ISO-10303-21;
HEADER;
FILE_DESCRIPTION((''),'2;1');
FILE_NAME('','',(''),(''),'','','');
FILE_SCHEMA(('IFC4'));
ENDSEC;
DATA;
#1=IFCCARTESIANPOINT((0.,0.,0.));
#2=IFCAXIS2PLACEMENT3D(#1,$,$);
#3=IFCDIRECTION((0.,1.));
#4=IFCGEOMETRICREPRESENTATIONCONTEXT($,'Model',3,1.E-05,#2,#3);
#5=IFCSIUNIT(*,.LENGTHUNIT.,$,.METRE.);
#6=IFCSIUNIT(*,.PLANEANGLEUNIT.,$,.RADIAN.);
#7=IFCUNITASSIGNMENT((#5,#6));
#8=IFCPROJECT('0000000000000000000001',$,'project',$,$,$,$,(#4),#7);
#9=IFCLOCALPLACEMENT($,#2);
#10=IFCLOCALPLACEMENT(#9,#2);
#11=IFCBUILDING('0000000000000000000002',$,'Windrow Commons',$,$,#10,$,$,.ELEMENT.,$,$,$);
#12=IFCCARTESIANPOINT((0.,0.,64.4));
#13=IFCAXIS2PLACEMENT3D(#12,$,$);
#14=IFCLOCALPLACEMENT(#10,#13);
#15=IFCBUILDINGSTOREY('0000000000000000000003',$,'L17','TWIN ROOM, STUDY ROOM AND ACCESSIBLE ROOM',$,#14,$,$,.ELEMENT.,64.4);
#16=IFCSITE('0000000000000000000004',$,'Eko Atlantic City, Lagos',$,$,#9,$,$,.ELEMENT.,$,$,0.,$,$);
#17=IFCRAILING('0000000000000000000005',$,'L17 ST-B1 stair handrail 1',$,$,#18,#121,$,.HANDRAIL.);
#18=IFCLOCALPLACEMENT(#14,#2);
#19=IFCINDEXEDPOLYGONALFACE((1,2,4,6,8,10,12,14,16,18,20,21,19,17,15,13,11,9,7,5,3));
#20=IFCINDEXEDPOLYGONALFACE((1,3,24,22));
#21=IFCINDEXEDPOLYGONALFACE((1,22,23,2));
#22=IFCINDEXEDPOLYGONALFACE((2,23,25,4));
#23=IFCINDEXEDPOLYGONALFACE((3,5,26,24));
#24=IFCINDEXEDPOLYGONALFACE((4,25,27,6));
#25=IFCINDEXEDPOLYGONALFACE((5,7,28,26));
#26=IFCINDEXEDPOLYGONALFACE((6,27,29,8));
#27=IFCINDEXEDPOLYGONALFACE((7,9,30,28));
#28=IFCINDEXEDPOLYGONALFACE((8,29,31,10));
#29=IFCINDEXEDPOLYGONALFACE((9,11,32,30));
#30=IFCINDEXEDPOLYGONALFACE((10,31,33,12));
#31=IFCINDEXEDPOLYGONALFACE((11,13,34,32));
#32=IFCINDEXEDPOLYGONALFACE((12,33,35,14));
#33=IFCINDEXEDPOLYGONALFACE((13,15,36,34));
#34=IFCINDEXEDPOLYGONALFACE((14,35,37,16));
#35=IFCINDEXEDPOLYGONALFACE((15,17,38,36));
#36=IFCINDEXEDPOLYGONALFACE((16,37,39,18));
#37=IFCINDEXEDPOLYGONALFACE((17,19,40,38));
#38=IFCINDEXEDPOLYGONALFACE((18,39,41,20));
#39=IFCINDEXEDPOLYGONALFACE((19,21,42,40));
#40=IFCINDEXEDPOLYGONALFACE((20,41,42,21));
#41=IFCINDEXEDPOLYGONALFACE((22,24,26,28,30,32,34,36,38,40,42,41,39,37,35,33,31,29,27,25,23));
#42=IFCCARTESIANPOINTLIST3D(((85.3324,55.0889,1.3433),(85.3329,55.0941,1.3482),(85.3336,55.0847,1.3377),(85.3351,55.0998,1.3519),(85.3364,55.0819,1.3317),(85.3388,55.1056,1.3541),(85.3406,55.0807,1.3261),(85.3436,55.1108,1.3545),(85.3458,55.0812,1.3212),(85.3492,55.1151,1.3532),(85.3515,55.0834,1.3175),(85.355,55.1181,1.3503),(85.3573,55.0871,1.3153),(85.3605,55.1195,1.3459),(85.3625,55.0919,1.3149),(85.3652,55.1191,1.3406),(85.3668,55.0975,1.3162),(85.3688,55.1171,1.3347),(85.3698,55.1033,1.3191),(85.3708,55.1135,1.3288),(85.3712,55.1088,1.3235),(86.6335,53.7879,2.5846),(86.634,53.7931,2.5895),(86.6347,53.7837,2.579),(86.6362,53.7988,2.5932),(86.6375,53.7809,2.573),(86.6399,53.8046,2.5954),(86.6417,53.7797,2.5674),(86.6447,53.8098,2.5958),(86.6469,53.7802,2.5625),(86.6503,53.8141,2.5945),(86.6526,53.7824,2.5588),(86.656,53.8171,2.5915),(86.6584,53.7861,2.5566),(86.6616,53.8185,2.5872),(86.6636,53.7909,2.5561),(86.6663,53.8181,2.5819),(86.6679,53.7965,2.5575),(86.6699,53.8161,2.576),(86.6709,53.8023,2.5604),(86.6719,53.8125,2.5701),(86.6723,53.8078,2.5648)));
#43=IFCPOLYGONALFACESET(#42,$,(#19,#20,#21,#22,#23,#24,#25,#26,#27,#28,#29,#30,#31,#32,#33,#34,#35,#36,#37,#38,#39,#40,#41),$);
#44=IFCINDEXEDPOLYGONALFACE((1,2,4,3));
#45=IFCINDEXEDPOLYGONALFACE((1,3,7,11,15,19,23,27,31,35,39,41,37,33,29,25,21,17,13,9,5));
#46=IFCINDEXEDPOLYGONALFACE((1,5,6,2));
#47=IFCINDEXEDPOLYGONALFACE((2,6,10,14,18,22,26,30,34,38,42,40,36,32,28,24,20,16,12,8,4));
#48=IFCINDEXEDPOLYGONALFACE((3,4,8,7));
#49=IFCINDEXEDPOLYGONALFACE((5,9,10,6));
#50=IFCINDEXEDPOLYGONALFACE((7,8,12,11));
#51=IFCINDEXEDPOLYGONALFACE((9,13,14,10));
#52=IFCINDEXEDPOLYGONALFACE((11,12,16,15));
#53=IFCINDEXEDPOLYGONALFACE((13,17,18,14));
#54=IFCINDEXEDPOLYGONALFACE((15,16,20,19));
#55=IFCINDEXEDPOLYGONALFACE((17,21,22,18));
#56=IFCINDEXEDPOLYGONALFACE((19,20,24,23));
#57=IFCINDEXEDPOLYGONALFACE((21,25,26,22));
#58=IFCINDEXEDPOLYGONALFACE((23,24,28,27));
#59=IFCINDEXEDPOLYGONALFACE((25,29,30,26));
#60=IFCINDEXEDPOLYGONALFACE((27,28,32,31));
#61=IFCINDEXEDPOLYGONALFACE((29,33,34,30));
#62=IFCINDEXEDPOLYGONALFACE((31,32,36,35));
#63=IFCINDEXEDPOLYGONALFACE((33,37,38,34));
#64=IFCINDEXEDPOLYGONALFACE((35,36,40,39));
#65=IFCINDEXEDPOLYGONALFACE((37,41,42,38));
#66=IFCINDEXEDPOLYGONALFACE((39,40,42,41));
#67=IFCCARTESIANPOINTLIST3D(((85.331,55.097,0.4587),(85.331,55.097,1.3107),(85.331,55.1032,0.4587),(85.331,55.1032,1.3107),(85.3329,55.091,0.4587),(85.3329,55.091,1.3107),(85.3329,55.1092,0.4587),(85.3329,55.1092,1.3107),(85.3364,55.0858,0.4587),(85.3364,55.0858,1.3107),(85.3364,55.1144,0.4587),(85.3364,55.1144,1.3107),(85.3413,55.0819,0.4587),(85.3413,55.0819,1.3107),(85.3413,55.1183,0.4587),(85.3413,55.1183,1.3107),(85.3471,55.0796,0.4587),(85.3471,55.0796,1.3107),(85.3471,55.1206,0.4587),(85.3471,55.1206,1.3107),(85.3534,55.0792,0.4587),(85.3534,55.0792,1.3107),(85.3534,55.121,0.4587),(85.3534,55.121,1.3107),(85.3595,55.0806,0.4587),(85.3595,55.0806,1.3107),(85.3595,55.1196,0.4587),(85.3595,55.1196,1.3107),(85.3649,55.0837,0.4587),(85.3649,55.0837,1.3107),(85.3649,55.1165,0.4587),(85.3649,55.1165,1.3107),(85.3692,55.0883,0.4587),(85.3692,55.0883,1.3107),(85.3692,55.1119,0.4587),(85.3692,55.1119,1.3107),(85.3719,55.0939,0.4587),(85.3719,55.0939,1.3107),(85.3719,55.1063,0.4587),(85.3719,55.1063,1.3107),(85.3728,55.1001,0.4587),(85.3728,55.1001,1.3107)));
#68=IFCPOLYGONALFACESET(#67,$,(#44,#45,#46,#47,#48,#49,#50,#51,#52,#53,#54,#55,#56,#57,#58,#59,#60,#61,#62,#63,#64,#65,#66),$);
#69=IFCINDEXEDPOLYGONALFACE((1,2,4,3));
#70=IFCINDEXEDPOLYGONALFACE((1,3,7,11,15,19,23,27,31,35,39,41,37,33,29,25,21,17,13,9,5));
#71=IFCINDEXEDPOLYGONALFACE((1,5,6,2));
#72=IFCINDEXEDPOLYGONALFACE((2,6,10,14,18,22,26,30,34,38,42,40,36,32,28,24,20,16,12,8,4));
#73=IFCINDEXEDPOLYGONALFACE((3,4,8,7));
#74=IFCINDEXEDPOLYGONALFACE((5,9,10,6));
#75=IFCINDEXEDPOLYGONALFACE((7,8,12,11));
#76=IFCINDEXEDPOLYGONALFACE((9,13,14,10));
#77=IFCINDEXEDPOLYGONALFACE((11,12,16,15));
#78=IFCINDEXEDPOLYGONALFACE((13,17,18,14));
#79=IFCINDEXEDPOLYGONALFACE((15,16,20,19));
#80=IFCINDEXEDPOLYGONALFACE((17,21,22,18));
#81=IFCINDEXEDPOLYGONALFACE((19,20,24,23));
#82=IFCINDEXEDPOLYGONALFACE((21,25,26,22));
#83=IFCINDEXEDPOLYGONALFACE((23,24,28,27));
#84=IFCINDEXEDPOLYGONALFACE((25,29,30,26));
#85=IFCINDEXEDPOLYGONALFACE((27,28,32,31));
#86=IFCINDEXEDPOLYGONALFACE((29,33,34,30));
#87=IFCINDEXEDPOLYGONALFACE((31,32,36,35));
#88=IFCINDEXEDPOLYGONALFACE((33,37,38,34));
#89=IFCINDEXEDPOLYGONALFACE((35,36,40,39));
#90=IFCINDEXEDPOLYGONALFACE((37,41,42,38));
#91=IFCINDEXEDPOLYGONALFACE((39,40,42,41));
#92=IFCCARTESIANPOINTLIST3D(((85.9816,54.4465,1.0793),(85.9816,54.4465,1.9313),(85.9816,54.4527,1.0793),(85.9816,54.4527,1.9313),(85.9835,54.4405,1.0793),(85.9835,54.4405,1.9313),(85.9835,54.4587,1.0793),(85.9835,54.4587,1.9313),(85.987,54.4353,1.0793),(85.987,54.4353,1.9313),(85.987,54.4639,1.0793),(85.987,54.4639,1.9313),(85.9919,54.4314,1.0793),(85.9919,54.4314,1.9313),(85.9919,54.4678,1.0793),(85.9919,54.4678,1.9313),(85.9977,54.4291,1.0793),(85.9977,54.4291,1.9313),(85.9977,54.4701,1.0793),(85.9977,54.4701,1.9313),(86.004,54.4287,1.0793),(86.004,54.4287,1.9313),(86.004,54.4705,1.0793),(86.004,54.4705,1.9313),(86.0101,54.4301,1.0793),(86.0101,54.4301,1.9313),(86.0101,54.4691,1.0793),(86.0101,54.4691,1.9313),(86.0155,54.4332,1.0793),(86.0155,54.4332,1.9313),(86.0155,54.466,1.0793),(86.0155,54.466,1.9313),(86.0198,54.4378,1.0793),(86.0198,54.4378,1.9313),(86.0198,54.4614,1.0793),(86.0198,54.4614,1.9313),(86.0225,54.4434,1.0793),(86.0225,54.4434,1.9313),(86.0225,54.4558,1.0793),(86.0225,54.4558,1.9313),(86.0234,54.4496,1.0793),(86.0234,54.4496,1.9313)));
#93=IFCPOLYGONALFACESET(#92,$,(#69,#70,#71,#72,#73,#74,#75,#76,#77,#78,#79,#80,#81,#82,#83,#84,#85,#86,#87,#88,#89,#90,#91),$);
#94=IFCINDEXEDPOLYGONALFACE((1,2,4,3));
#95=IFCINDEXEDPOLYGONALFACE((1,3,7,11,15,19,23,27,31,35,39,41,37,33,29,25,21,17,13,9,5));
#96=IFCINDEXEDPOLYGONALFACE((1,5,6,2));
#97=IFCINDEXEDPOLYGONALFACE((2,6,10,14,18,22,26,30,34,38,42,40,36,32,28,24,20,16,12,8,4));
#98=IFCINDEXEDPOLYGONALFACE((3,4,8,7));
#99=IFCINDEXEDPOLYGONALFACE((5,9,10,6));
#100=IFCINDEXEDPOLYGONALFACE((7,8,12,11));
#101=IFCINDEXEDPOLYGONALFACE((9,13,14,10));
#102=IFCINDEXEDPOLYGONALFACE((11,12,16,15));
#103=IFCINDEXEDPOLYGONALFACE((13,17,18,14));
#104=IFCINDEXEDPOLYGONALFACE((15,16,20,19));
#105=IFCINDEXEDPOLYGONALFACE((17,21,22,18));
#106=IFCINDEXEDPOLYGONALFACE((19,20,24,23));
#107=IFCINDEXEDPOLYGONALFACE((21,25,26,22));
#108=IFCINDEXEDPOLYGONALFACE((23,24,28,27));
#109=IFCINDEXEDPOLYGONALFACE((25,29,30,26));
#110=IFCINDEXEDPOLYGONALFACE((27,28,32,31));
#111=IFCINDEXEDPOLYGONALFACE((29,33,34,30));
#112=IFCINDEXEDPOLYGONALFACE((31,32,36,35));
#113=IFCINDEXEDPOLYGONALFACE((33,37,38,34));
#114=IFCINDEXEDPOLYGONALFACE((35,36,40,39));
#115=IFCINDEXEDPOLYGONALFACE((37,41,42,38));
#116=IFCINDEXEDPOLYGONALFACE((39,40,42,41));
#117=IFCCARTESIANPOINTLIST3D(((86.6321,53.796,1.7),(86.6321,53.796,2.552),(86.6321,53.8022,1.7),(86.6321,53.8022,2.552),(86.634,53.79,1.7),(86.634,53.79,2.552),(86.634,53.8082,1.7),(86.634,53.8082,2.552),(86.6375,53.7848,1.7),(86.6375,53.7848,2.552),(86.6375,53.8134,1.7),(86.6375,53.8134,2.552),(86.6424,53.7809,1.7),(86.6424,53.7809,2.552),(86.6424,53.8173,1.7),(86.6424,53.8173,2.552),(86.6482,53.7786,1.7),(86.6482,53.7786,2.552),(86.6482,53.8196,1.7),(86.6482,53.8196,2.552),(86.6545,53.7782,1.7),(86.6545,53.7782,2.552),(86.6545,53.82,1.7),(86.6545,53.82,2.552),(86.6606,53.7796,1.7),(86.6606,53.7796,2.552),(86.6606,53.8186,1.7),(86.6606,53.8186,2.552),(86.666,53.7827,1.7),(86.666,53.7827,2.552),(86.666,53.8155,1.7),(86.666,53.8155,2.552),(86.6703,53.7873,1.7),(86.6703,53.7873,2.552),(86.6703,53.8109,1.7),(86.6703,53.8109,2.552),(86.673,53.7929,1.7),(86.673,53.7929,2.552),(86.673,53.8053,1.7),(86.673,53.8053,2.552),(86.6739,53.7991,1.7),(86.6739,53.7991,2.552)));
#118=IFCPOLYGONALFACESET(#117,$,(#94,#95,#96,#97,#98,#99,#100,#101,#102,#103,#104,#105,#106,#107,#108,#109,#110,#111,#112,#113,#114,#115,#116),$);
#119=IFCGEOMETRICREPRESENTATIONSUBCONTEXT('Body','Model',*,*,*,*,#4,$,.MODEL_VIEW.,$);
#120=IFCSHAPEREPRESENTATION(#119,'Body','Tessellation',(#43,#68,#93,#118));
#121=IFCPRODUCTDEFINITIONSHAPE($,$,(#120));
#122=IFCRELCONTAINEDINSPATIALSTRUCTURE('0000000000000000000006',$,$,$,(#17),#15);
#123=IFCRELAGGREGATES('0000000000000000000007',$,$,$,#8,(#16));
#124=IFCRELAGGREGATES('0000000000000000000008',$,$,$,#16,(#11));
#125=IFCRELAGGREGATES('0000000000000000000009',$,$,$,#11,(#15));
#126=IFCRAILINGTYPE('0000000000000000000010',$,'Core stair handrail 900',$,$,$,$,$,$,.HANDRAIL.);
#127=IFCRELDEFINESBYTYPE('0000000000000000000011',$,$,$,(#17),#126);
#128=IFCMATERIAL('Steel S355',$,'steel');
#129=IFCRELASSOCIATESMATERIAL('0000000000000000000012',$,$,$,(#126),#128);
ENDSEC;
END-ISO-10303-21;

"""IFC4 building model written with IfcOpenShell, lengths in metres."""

from ifc_helpers import new_model, si_unit, direction, frame, origin, origin_2d, place, context, subcontext, project, spatial, circle, extrude, material, type_object, element, save


model = new_model("IFC4")

# Units and contexts
model_context = context("Model", 3, precision=1e-05, world=origin(), true_north=direction((0.0, 1.0)))
body_context = subcontext(model_context, "Body", "Model", "MODEL_VIEW")
ifc_project = project(units=[si_unit("LENGTHUNIT", "METRE"), si_unit("PLANEANGLEUNIT", "RADIAN")], contexts=[model_context])

# Site, building, storey
site_placement = place(None, origin())
site = spatial("IfcSite", under=ifc_project, at=site_placement, Name="Eko Atlantic City, Lagos", CompositionType="ELEMENT", RefElevation=0.0)
building_placement = place(site_placement, origin())
building = spatial("IfcBuilding", under=site, at=building_placement, Name="Windrow Commons", CompositionType="ELEMENT")
storey_placement = place(building_placement, frame((0.0, 0.0, 64.4)))
storey = spatial("IfcBuildingStorey", under=building, at=storey_placement, Name="L17", Description="TWIN ROOM, STUDY ROOM AND ACCESSIBLE ROOM", CompositionType="ELEMENT", Elevation=64.4)

# Railing
ifc_material_1 = material(Name="Steel S355", Category="steel")
railing_type = type_object("IfcRailingType", Name="Core stair handrail 900", PredefinedType="HANDRAIL", material=ifc_material_1)
railing_placement = place(storey_placement, frame((85.3518, 55.1001, 0.4587)))
element("IfcRailing", 1, at=railing_placement, inside=storey, type_object=railing_type, Name="L17 ST-B1 stair handrail 1", PredefinedType="HANDRAIL", context=body_context, shape_type="SweptSolid", body=[
    extrude(circle(Radius=0.024, at=origin_2d()), frame((0.0, 0.0, 0.876), z_axis=(0.586207, -0.586162, 0.559264), x_axis=(0.70708, 0.707134, 0.0)), (0.0, 0.0, 1.0), 2.2195),
    extrude(circle(Radius=0.021, at=origin_2d()), origin(), (0.0, 0.0, 1.0), 0.852),
    extrude(circle(Radius=0.021, at=origin_2d()), frame((0.6506, -0.6505, 0.6206)), (0.0, 0.0, 1.0), 0.852),
    extrude(circle(Radius=0.021, at=origin_2d()), frame((1.3011, -1.301, 1.2413)), (0.0, 0.0, 1.0), 0.852),
])

save(model, "model.ifc")
